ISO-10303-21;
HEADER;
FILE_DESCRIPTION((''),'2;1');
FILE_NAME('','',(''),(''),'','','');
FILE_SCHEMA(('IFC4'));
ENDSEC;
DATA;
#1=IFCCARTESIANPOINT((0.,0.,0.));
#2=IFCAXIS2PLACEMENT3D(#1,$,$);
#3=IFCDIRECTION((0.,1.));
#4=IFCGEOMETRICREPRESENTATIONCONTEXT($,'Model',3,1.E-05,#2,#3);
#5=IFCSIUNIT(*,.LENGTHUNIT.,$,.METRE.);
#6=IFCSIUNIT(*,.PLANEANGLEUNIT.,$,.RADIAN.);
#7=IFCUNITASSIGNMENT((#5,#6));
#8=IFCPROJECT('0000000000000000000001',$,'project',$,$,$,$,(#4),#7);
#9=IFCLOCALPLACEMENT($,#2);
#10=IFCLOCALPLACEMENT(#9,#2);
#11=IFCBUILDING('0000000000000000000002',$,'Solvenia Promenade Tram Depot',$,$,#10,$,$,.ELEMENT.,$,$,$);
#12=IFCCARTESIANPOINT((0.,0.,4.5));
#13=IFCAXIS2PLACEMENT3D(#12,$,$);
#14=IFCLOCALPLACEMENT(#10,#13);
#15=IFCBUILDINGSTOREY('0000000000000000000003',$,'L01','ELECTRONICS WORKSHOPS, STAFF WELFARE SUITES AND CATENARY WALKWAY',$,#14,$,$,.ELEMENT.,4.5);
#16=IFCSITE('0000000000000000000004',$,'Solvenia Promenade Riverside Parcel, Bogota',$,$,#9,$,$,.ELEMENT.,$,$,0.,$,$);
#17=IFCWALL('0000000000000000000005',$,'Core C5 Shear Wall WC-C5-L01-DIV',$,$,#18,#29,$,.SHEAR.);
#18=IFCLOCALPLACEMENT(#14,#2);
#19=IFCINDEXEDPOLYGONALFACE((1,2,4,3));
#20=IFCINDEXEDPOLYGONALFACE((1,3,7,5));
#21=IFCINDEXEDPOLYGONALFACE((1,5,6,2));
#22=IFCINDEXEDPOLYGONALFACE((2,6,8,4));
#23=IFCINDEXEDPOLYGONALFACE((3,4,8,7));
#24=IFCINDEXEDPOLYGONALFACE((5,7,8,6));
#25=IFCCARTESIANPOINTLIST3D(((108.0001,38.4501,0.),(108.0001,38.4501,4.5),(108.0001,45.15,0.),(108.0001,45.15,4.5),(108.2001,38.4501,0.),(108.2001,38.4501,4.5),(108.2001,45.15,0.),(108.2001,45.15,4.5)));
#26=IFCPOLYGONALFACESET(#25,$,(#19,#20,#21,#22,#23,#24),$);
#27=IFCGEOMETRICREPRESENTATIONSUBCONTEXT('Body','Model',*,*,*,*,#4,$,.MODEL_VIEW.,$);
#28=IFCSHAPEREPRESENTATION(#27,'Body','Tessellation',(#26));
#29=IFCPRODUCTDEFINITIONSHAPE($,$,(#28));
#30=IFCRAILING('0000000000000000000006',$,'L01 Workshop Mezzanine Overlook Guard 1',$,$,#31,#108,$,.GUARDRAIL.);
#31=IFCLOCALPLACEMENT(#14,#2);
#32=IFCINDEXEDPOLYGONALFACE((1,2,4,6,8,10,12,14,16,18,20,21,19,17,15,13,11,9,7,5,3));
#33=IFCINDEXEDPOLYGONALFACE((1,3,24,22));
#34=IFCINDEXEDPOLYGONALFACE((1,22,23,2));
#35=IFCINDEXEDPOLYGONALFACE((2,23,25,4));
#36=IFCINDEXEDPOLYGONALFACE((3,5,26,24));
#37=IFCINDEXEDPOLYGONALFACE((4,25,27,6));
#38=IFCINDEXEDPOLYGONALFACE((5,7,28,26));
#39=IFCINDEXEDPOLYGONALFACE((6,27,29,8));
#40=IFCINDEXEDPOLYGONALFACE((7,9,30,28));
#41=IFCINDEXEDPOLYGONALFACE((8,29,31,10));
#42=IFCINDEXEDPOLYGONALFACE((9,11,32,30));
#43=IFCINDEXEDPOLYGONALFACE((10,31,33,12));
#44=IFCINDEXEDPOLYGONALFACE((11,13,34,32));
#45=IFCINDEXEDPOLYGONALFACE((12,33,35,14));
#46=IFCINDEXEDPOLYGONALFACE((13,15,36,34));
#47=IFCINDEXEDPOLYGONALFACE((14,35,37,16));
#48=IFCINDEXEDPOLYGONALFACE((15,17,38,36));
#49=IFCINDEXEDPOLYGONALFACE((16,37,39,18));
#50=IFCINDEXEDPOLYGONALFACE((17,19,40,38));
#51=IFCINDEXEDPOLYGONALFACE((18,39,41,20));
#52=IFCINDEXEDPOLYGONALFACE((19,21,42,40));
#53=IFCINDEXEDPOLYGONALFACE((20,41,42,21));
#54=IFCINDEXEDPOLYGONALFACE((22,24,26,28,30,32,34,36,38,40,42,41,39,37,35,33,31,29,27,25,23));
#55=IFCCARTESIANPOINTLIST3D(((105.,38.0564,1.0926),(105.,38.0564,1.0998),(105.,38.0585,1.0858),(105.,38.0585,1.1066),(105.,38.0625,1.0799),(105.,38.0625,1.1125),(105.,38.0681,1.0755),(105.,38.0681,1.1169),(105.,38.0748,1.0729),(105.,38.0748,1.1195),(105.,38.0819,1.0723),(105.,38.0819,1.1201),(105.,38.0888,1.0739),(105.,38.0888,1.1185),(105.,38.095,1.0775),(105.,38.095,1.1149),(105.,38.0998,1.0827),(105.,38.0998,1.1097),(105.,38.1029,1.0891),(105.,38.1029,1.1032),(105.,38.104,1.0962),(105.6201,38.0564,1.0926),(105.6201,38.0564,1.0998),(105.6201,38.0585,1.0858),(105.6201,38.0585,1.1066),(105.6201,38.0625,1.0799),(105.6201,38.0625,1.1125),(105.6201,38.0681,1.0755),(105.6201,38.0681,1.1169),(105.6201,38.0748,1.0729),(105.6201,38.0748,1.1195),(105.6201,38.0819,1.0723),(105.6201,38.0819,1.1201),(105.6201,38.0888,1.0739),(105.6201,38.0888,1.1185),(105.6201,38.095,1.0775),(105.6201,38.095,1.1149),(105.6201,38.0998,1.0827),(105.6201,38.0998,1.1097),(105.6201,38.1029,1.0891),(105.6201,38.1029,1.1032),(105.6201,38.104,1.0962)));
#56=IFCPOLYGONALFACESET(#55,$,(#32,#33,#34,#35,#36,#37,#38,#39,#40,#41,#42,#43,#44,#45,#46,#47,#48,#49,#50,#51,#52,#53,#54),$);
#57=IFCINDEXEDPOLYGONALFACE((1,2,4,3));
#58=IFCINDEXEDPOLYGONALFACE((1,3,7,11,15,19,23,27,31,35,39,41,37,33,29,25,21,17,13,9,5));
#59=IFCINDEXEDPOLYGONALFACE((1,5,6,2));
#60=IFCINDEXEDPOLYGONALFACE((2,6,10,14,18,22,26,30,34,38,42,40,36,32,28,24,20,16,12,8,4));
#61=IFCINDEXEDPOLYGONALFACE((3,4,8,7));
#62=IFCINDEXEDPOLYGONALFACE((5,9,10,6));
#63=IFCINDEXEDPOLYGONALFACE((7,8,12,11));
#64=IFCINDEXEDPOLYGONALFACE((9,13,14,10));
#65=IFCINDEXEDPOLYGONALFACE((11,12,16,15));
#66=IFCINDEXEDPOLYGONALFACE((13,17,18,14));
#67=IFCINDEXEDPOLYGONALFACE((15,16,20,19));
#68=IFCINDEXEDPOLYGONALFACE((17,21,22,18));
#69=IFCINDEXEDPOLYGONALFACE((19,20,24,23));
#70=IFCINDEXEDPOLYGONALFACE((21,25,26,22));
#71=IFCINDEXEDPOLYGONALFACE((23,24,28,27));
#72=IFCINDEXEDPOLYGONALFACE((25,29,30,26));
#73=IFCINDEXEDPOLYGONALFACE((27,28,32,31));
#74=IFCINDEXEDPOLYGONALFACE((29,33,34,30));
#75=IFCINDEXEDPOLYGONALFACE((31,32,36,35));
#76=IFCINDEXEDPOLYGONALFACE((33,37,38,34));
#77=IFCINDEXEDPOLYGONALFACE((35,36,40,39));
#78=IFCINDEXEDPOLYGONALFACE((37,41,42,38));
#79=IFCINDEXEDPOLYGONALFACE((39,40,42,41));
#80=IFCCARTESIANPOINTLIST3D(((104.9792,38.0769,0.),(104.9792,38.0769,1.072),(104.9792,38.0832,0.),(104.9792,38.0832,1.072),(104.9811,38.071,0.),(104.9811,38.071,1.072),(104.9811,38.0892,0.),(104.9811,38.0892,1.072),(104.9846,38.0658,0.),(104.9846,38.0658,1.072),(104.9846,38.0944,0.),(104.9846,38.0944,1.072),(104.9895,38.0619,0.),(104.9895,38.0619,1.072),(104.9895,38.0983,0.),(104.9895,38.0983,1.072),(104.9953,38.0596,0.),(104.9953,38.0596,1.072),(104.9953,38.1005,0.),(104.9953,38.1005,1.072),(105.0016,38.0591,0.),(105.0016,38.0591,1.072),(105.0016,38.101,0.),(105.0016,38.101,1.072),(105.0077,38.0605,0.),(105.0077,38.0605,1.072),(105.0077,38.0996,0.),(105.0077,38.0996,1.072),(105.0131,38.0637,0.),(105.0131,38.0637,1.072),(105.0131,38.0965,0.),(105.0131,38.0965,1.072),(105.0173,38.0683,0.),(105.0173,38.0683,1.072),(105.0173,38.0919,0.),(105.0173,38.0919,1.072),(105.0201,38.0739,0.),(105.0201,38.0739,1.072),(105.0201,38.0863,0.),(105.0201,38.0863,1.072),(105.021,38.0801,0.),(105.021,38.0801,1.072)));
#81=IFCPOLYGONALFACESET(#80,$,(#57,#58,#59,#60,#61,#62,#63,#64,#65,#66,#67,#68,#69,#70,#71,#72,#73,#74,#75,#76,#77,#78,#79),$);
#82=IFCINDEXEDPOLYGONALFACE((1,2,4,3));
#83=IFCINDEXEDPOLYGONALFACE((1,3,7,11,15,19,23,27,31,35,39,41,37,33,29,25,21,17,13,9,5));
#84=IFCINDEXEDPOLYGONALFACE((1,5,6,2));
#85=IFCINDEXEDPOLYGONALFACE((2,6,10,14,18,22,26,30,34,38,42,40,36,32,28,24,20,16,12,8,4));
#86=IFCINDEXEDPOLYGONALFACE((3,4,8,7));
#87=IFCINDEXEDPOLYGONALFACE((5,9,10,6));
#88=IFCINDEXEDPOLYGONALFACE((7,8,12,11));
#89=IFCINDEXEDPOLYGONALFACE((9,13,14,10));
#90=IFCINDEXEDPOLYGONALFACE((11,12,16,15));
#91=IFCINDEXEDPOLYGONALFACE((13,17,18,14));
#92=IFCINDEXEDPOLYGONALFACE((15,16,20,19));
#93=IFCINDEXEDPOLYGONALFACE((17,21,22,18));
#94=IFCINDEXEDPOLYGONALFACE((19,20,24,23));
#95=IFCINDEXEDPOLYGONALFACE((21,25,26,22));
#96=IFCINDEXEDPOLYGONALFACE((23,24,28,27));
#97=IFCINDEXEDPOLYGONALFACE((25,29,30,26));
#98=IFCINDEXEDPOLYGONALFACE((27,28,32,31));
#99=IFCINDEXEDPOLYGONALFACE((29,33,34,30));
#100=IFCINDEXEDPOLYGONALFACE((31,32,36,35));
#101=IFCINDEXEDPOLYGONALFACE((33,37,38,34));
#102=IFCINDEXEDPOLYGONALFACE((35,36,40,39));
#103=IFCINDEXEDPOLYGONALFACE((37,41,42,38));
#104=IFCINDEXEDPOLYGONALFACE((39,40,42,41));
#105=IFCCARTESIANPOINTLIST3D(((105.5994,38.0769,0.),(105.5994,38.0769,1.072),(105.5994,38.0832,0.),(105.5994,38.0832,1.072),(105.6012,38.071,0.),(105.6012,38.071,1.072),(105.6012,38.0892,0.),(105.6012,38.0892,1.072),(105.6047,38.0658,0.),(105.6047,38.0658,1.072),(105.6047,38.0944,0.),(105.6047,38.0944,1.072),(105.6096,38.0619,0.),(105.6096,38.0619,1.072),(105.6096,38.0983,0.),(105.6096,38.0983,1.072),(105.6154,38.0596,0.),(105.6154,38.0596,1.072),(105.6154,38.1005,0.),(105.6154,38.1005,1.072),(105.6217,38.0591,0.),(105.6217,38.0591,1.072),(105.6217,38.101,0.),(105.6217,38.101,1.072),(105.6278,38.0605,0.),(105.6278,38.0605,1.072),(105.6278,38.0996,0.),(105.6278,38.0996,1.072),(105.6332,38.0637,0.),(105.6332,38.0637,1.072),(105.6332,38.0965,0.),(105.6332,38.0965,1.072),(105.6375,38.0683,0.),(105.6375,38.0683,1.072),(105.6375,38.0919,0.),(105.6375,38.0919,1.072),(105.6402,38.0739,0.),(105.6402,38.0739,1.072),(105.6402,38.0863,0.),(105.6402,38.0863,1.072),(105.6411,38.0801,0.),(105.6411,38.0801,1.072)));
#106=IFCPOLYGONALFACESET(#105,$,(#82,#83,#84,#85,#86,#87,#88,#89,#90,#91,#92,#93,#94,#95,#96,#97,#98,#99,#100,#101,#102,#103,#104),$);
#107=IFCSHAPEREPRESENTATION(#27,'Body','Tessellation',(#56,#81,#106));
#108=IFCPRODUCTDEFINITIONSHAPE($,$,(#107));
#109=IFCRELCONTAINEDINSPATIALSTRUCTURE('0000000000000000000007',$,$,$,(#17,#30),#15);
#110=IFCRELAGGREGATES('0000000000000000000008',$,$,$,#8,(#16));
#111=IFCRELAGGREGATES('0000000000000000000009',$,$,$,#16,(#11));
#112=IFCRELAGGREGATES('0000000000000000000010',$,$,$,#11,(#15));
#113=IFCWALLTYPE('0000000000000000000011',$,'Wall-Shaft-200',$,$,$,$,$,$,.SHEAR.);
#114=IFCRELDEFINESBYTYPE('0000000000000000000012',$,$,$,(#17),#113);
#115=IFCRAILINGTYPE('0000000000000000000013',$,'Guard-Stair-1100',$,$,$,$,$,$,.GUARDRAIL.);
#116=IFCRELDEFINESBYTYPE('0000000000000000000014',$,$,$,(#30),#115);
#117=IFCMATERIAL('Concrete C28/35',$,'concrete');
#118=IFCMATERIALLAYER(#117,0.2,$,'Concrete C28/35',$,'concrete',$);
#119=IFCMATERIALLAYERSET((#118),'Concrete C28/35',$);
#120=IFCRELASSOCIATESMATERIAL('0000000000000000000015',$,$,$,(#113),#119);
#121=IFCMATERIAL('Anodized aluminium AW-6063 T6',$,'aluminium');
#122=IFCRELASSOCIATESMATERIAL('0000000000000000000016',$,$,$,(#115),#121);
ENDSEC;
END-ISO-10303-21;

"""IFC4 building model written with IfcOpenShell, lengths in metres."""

from ifc_helpers import new_model, si_unit, direction, frame, frame_2d, origin, origin_2d, place, context, subcontext, project, spatial, rectangle, circle, extrude, material, layer, layer_set, type_object, element, save


model = new_model("IFC4")

# Units and contexts
model_context = context("Model", 3, precision=1e-05, world=origin(), true_north=direction((0.0, 1.0)))
body_context = subcontext(model_context, "Body", "Model", "MODEL_VIEW")
ifc_project = project(units=[si_unit("LENGTHUNIT", "METRE"), si_unit("PLANEANGLEUNIT", "RADIAN")], contexts=[model_context])

# Site, building, storey
site_placement = place(None, origin())
site = spatial("IfcSite", under=ifc_project, at=site_placement, Name="Solvenia Promenade Riverside Parcel, Bogota", CompositionType="ELEMENT", RefElevation=0.0)
building_placement = place(site_placement, origin())
building = spatial("IfcBuilding", under=site, at=building_placement, Name="Solvenia Promenade Tram Depot", CompositionType="ELEMENT")
storey_placement = place(building_placement, frame((0.0, 0.0, 4.5)))
storey = spatial("IfcBuildingStorey", under=building, at=storey_placement, Name="L01", Description="ELECTRONICS WORKSHOPS, STAFF WELFARE SUITES AND CATENARY WALKWAY", CompositionType="ELEMENT", Elevation=4.5)

# Shared definitions
ifc_material_1 = material(Name="Anodized aluminium AW-6063 T6", Category="aluminium")

# Wall
ifc_material_2 = material(Name="Concrete C28/35", Category="concrete")
ifc_layer_1 = layer(ifc_material_2, 0.2, Name="Concrete C28/35", Category="concrete")
ifc_layer_set_1 = layer_set([ifc_layer_1], Name="Concrete C28/35")
wall_type_1 = type_object("IfcWallType", Name="Wall-Shaft-200", PredefinedType="SHEAR", material=ifc_layer_set_1)
wall_1_placement = place(storey_placement, frame((108.1001, 38.45, 0.0), z_axis=(0.0, 0.0, 1.0), x_axis=(0.0, 1.0, 0.0)))
element("IfcWall", 1, at=wall_1_placement, inside=storey, type_object=wall_type_1, Name="Core C5 Shear Wall WC-C5-L01-DIV", PredefinedType="SHEAR", context=body_context, shape_type="SweptSolid", body=[
    extrude(rectangle(XDim=6.7, YDim=0.2, at=frame_2d((3.3501, 0.0))), origin(), (0.0, 0.0, 1.0), 4.5),
])

# Railing
railing_type = type_object("IfcRailingType", Name="Guard-Stair-1100", PredefinedType="GUARDRAIL", material=ifc_material_1)
railing_1_placement = place(storey_placement, frame((105.0, 38.0801, 0.0)))
element("IfcRailing", 2, at=railing_1_placement, inside=storey, type_object=railing_type, Name="L01 Workshop Mezzanine Overlook Guard 1", PredefinedType="GUARDRAIL", context=body_context, shape_type="SweptSolid", body=[
    extrude(circle(Radius=0.0239, at=origin_2d()), frame((0.0, 0.0, 1.0962), z_axis=(1.0, 0.0, 0.0), x_axis=(0.0, 1.0, 0.0)), (0.0, 0.0, 1.0), 0.6201),
    extrude(circle(Radius=0.021, at=origin_2d()), origin(), (0.0, 0.0, 1.0), 1.072),
    extrude(circle(Radius=0.021, at=origin_2d()), frame((0.6201, 0.0, 0.0)), (0.0, 0.0, 1.0), 1.072),
])

save(model, "model.ifc")
